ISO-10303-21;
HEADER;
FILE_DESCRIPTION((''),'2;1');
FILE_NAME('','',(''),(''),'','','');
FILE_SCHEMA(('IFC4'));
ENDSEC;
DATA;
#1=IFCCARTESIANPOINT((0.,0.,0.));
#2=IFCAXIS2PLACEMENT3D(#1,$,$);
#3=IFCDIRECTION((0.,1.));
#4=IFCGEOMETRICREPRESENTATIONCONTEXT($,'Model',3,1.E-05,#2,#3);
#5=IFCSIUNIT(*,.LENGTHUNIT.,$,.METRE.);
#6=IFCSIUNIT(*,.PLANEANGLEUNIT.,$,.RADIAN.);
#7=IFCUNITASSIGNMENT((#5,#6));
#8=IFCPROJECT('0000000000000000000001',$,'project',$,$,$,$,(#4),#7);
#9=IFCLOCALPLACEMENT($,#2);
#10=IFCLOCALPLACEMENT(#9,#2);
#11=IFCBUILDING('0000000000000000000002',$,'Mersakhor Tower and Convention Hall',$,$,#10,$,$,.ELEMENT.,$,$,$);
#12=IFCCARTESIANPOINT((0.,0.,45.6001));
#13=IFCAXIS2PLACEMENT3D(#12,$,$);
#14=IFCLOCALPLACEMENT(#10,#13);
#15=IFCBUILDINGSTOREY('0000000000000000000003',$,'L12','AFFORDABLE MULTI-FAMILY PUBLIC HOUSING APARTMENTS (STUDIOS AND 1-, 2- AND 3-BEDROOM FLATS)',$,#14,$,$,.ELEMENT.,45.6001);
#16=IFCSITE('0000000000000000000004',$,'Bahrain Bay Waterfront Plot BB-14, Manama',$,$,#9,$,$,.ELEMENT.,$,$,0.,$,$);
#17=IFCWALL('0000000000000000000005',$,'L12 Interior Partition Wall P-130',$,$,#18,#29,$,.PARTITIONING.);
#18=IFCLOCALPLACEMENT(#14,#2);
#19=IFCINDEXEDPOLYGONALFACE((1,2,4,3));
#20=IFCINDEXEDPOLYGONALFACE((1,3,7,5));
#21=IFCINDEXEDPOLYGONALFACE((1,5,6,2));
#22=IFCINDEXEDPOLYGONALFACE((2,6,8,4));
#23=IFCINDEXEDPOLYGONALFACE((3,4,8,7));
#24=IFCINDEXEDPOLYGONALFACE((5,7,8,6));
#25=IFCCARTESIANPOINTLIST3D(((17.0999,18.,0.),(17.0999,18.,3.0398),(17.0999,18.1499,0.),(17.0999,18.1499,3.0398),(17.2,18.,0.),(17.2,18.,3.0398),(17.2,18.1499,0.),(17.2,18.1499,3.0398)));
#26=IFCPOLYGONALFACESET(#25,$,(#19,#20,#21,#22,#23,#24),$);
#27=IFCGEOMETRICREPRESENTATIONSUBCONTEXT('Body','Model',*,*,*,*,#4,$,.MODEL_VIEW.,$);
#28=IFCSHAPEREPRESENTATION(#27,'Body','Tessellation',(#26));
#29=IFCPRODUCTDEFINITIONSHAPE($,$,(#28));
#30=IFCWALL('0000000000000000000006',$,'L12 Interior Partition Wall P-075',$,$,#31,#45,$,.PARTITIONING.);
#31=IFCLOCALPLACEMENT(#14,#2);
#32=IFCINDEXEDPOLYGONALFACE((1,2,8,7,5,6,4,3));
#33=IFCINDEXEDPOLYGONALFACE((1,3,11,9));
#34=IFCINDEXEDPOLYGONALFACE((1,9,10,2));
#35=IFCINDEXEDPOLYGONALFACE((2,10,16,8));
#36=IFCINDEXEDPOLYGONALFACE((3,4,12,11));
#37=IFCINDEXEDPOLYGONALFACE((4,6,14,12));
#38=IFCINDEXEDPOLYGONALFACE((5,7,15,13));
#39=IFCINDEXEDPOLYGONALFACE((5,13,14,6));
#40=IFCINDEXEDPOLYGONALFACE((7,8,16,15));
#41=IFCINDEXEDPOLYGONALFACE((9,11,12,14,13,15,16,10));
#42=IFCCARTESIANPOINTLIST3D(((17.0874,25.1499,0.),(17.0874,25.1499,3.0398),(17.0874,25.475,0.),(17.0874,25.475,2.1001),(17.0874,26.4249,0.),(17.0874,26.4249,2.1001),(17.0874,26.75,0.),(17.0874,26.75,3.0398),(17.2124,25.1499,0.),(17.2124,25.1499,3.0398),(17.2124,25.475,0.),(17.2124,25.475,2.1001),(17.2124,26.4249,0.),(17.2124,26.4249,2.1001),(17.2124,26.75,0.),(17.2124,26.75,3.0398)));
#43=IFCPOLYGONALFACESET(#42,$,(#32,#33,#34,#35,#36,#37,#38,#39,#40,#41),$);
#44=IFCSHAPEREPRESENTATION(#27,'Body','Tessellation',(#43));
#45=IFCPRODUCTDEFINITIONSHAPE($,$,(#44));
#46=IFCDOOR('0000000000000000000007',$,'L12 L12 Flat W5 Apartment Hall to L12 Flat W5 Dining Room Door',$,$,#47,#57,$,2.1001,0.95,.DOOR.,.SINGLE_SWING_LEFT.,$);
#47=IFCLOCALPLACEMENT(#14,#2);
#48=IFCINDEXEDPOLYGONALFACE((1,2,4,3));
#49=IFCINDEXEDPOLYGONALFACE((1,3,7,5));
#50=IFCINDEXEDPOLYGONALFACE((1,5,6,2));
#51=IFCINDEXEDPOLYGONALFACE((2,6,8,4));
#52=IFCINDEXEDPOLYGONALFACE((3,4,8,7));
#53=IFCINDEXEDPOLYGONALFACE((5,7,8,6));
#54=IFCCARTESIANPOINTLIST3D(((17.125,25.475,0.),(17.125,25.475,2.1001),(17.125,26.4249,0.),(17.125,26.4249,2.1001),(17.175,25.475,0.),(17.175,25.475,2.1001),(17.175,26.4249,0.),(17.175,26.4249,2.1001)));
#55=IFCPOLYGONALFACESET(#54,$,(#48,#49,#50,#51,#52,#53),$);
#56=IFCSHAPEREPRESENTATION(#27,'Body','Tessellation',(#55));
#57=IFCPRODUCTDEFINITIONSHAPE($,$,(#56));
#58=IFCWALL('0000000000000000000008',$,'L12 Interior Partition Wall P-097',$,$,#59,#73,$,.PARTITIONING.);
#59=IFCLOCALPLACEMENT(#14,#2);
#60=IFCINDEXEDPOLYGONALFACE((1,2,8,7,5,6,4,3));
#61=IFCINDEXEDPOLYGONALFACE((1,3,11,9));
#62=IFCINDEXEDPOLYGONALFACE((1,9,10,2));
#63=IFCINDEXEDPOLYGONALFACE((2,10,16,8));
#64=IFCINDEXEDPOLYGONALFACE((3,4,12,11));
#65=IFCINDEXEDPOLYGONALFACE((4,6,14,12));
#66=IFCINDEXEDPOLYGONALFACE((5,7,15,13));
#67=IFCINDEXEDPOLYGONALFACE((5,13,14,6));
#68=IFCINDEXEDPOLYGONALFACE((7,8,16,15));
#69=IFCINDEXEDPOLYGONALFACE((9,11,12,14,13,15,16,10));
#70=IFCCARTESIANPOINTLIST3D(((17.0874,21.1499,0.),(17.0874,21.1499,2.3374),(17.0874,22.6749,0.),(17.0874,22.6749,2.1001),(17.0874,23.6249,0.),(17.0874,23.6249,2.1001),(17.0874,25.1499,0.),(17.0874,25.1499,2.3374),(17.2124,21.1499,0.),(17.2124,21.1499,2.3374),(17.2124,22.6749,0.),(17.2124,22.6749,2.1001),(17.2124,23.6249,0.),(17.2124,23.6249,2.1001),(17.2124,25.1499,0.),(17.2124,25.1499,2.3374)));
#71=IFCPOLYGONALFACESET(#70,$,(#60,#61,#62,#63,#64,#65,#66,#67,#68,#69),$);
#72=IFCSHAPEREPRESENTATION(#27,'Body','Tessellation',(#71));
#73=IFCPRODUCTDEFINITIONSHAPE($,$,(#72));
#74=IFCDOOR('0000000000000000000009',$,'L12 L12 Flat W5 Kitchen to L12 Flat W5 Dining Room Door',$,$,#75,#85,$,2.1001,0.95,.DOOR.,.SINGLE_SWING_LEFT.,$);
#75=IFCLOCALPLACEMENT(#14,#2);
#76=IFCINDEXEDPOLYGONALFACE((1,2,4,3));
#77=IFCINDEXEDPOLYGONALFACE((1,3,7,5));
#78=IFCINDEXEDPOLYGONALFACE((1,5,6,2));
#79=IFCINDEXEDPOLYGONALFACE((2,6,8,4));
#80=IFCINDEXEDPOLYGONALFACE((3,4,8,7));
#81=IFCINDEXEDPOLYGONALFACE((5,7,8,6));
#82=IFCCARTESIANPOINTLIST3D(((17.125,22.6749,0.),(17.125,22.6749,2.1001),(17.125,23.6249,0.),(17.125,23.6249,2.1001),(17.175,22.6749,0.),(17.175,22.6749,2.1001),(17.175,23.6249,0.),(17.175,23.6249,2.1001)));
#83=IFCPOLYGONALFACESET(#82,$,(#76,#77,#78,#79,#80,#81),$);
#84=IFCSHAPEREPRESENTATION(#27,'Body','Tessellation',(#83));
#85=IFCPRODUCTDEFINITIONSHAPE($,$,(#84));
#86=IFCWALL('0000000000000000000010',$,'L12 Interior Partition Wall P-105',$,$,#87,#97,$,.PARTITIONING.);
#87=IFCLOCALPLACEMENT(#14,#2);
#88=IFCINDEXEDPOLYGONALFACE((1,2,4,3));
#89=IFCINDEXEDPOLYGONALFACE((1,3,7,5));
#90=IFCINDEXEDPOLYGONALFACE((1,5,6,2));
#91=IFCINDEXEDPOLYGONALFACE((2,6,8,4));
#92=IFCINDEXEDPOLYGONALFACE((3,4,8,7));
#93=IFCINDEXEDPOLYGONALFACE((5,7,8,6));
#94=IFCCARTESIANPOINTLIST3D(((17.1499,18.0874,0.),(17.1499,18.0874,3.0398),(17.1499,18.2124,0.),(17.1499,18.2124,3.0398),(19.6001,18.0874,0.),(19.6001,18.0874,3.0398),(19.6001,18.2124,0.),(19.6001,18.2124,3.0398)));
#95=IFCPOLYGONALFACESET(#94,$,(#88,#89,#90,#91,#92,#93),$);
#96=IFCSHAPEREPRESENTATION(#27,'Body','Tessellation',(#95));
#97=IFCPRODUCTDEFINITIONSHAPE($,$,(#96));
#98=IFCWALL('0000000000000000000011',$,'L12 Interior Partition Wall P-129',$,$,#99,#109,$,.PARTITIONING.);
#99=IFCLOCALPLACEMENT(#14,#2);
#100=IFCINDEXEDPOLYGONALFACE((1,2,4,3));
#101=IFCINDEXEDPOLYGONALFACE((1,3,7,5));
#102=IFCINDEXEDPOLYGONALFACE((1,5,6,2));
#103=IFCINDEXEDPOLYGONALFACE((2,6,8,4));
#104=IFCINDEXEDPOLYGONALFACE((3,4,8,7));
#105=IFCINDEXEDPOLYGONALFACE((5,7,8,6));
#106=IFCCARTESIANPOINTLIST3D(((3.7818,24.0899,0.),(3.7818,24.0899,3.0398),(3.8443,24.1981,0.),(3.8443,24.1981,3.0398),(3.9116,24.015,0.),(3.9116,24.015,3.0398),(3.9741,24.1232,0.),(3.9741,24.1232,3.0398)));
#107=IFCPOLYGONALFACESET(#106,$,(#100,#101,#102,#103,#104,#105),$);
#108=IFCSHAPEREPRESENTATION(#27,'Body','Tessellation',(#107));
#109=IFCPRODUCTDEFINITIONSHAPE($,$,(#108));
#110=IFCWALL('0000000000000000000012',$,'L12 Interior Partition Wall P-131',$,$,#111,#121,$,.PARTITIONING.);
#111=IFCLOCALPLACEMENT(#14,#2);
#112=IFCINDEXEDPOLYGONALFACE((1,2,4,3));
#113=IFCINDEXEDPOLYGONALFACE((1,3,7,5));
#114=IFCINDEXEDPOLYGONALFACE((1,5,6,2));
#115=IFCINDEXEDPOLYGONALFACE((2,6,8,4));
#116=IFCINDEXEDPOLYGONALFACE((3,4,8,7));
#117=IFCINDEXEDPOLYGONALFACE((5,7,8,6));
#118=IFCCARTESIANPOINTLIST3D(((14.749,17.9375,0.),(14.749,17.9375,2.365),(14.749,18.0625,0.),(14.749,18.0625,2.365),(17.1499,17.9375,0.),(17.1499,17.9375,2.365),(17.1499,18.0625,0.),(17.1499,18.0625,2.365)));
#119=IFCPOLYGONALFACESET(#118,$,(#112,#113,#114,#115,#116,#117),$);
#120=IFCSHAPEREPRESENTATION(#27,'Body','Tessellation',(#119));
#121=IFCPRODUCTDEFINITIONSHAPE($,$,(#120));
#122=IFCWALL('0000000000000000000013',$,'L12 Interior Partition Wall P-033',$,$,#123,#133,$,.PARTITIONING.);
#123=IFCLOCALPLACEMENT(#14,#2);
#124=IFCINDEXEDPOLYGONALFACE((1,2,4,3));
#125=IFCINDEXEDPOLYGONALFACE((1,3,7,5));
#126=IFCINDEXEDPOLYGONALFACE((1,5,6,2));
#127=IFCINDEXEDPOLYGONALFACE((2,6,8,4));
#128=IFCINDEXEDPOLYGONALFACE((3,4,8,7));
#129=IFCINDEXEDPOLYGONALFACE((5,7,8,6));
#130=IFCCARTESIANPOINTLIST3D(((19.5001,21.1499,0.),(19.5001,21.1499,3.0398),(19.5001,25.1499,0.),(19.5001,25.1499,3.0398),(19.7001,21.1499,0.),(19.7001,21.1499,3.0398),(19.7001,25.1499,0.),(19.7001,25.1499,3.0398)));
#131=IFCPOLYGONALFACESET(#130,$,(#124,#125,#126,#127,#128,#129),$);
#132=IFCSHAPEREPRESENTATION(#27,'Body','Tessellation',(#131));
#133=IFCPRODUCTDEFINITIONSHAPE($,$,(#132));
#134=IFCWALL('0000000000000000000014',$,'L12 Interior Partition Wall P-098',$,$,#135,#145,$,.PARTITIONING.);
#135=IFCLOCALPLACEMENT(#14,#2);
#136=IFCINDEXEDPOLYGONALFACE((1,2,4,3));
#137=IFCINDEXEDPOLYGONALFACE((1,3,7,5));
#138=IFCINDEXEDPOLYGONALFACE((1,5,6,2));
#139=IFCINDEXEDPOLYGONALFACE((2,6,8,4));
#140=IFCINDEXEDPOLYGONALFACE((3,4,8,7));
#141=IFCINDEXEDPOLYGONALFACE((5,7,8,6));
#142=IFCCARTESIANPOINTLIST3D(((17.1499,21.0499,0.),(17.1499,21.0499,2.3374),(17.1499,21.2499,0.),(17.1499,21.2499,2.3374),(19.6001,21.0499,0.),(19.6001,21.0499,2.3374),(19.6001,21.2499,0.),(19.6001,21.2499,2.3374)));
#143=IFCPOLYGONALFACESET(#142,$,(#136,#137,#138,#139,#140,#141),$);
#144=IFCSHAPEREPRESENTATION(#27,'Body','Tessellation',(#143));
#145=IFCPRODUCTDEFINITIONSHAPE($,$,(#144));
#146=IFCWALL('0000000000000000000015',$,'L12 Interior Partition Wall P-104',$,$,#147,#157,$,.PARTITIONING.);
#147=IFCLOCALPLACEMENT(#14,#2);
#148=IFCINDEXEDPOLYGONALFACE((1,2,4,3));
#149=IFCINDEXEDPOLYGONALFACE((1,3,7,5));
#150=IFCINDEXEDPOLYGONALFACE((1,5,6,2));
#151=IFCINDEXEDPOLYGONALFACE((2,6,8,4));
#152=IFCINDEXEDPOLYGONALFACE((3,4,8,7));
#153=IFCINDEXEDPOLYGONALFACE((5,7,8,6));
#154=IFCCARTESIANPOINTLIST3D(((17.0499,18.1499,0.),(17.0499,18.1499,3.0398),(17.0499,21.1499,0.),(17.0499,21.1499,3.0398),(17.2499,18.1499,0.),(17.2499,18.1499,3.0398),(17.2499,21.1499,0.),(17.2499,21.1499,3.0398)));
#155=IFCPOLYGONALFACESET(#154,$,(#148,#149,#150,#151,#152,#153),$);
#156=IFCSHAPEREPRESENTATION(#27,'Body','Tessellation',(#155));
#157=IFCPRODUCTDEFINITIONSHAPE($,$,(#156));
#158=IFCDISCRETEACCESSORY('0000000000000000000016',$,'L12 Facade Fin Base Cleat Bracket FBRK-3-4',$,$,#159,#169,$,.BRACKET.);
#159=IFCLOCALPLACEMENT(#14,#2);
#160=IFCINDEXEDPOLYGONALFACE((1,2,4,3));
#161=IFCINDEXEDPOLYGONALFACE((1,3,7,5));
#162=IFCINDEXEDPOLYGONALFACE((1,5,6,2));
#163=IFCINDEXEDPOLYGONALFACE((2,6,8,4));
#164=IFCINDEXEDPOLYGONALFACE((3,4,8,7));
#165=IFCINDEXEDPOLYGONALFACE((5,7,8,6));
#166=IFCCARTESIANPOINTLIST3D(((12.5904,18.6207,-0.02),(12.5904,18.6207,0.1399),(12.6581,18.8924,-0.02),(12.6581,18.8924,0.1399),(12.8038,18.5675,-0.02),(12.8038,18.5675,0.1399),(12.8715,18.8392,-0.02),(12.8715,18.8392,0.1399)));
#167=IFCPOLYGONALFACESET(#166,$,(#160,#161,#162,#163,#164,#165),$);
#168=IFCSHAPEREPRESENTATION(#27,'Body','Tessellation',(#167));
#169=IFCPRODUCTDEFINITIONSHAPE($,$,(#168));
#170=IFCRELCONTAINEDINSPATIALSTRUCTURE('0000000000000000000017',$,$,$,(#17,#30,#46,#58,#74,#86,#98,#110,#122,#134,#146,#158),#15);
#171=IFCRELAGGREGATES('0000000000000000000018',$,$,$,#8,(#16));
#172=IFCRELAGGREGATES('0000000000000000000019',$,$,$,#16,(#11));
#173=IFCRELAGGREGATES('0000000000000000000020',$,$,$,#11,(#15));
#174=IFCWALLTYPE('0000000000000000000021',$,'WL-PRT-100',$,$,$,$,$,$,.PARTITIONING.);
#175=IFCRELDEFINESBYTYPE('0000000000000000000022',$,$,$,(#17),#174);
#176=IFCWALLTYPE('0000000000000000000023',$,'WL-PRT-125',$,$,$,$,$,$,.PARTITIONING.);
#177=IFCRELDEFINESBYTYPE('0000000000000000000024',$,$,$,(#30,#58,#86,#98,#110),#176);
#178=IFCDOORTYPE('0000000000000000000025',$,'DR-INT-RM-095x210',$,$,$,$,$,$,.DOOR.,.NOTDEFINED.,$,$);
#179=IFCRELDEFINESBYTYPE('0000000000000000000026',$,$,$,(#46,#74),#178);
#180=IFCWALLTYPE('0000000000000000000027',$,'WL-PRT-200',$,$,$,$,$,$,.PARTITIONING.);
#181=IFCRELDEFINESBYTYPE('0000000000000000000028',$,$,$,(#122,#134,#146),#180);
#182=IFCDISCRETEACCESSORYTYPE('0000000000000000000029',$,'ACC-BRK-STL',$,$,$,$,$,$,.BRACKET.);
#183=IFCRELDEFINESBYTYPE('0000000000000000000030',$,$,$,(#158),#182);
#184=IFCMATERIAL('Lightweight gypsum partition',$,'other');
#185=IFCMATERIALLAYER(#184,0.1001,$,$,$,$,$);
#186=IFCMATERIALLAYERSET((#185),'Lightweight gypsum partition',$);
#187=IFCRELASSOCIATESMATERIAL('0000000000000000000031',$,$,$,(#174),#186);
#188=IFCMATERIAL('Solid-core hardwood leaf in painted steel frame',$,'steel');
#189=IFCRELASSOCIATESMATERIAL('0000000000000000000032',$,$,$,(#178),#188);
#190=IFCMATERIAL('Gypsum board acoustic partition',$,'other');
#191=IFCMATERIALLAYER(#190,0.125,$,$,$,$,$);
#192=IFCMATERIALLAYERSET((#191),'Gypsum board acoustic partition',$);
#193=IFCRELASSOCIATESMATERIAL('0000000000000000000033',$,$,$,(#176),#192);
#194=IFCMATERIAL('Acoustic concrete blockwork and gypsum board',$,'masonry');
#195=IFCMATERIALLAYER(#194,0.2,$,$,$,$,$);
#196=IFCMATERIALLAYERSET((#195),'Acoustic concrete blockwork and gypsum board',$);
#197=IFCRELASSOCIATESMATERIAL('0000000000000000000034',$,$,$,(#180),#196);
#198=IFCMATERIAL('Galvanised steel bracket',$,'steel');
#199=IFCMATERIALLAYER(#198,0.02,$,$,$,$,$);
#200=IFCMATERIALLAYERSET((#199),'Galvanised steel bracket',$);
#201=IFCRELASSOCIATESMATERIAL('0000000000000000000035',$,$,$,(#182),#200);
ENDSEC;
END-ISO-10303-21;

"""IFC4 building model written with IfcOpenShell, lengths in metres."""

from ifc_helpers import new_model, si_unit, direction, frame, frame_2d, origin, origin_2d, place, context, subcontext, project, spatial, rectangle, extrude, material, layer, layer_set, type_object, element, fill, save


model = new_model("IFC4")

# Units and contexts
model_context = context("Model", 3, precision=1e-05, world=origin(), true_north=direction((0.0, 1.0)))
body_context = subcontext(model_context, "Body", "Model", "MODEL_VIEW")
ifc_project = project(units=[si_unit("LENGTHUNIT", "METRE"), si_unit("PLANEANGLEUNIT", "RADIAN")], contexts=[model_context])

# Site, building, storey
site_placement = place(None, origin())
site = spatial("IfcSite", under=ifc_project, at=site_placement, Name="Bahrain Bay Waterfront Plot BB-14, Manama", CompositionType="ELEMENT", RefElevation=0.0)
building_placement = place(site_placement, origin())
building = spatial("IfcBuilding", under=site, at=building_placement, Name="Mersakhor Tower and Convention Hall", CompositionType="ELEMENT")
storey_placement = place(building_placement, frame((0.0, 0.0, 45.6001)))
storey = spatial("IfcBuildingStorey", under=building, at=storey_placement, Name="L12", Description="AFFORDABLE MULTI-FAMILY PUBLIC HOUSING APARTMENTS (STUDIOS AND 1-, 2- AND 3-BEDROOM FLATS)", CompositionType="ELEMENT", Elevation=45.6001)

# Shared definitions
ifc_material_1 = material(Name="Lightweight gypsum partition", Category="other")
ifc_layer_1 = layer(ifc_material_1, 0.1001)
ifc_layer_set_1 = layer_set([ifc_layer_1], Name="Lightweight gypsum partition")
wall_type_1 = type_object("IfcWallType", Name="WL-PRT-100", PredefinedType="PARTITIONING", material=ifc_layer_set_1)
ifc_material_2 = material(Name="Solid-core hardwood leaf in painted steel frame", Category="steel")
door_type_1 = type_object("IfcDoorType", Name="DR-INT-RM-095x210", OperationType="NOTDEFINED", PredefinedType="DOOR", material=ifc_material_2)

# Wall
wall_1_placement = place(storey_placement, frame((17.1499, 18.1499, 0.0), z_axis=(0.0, 0.0, 1.0), x_axis=(0.0, -1.0, 0.0)))
element("IfcWall", 1, at=wall_1_placement, inside=storey, type_object=wall_type_1, Name="L12 Interior Partition Wall P-130", PredefinedType="PARTITIONING", context=body_context, shape_type="SweptSolid", body=[
    extrude(rectangle(XDim=0.1499, YDim=0.1001, at=frame_2d((0.075, 0.0))), origin(), (0.0, 0.0, 1.0), 3.0398),
])

# Walls, openings, doors
ifc_material_3 = material(Name="Gypsum board acoustic partition", Category="other")
ifc_layer_2 = layer(ifc_material_3, 0.125)
ifc_layer_set_2 = layer_set([ifc_layer_2], Name="Gypsum board acoustic partition")
wall_type_2 = type_object("IfcWallType", Name="WL-PRT-125", PredefinedType="PARTITIONING", material=ifc_layer_set_2)
wall_2_placement = place(storey_placement, frame((17.1499, 25.1499, 0.0), z_axis=(0.0, 0.0, 1.0), x_axis=(0.0, 1.0, 0.0)))
wall_2 = element("IfcWall", 2, at=wall_2_placement, inside=storey, type_object=wall_type_2, Name="L12 Interior Partition Wall P-075", PredefinedType="PARTITIONING", context=body_context, shape_type="SweptSolid", body=[
    extrude(rectangle(XDim=1.6001, YDim=0.125, at=frame_2d((0.8, 0.0))), origin(), (0.0, 0.0, 1.0), 3.0398),
])
opening_1_placement = place(wall_2_placement, frame((0.325, 0.0, 0.0)))
opening_1 = element("IfcOpeningElement", 3, at=opening_1_placement, cuts=wall_2, PredefinedType="OPENING", context=body_context, shape_type="SweptSolid", body=[
    extrude(rectangle(XDim=0.95, YDim=2.1001, at=frame_2d((0.4751, 1.05))), frame((0.0, 0.0725, 0.0), z_axis=(0.0, -1.0, 0.0), x_axis=(1.0, 0.0, 0.0)), (0.0, 0.0, 1.0), 0.145),
])
door_1_placement = place(opening_1_placement, origin())
door_1 = element("IfcDoor", 4, at=door_1_placement, inside=storey, type_object=door_type_1, Name="L12 L12 Flat W5 Apartment Hall to L12 Flat W5 Dining Room Door", OperationType="SINGLE_SWING_LEFT", OverallHeight=2.1001, OverallWidth=0.95, PredefinedType="DOOR", context=body_context, shape_type="SweptSolid", body=[
    extrude(rectangle(XDim=0.95, YDim=2.1001, at=frame_2d((0.4751, 1.05))), frame((0.0, 0.0249, 0.0), z_axis=(0.0, -1.0, 0.0), x_axis=(1.0, 0.0, 0.0)), (0.0, 0.0, 1.0), 0.05),
])
fill(opening_1, door_1)
wall_3_placement = place(storey_placement, frame((17.1499, 21.1499, 0.0), z_axis=(0.0, 0.0, 1.0), x_axis=(0.0, 1.0, 0.0)))
wall_3 = element("IfcWall", 5, at=wall_3_placement, inside=storey, type_object=wall_type_2, Name="L12 Interior Partition Wall P-097", PredefinedType="PARTITIONING", context=body_context, shape_type="SweptSolid", body=[
    extrude(rectangle(XDim=4.0, YDim=0.125, at=frame_2d((2.0, 0.0))), origin(), (0.0, 0.0, 1.0), 2.3374),
])
opening_2_placement = place(wall_3_placement, frame((1.5249, 0.0, 0.0)))
opening_2 = element("IfcOpeningElement", 6, at=opening_2_placement, cuts=wall_3, PredefinedType="OPENING", context=body_context, shape_type="SweptSolid", body=[
    extrude(rectangle(XDim=0.95, YDim=2.1001, at=frame_2d((0.4751, 1.05))), frame((0.0, 0.0725, 0.0), z_axis=(0.0, -1.0, 0.0), x_axis=(1.0, 0.0, 0.0)), (0.0, 0.0, 1.0), 0.145),
])
door_2_placement = place(opening_2_placement, origin())
door_2 = element("IfcDoor", 7, at=door_2_placement, inside=storey, type_object=door_type_1, Name="L12 L12 Flat W5 Kitchen to L12 Flat W5 Dining Room Door", OperationType="SINGLE_SWING_LEFT", OverallHeight=2.1001, OverallWidth=0.95, PredefinedType="DOOR", context=body_context, shape_type="SweptSolid", body=[
    extrude(rectangle(XDim=0.95, YDim=2.1001, at=frame_2d((0.4751, 1.05))), frame((0.0, 0.0249, 0.0), z_axis=(0.0, -1.0, 0.0), x_axis=(1.0, 0.0, 0.0)), (0.0, 0.0, 1.0), 0.05),
])
fill(opening_2, door_2)

# Walls
wall_4_placement = place(storey_placement, frame((19.6001, 18.1499, 0.0), z_axis=(0.0, 0.0, 1.0), x_axis=(-1.0, 0.0, 0.0)))
element("IfcWall", 8, at=wall_4_placement, inside=storey, type_object=wall_type_2, Name="L12 Interior Partition Wall P-105", PredefinedType="PARTITIONING", context=body_context, shape_type="SweptSolid", body=[
    extrude(rectangle(XDim=2.4502, YDim=0.125, at=frame_2d((1.2251, 0.0))), origin(), (0.0, 0.0, 1.0), 3.0398),
])
wall_5_placement = place(storey_placement, frame((3.9429, 24.0691, 0.0), z_axis=(0.0, 0.0, 1.0), x_axis=(-0.866131, 0.499816, 0.0)))
element("IfcWall", 9, at=wall_5_placement, inside=storey, type_object=wall_type_2, Name="L12 Interior Partition Wall P-129", PredefinedType="PARTITIONING", context=body_context, shape_type="SweptSolid", body=[
    extrude(rectangle(XDim=0.1499, YDim=0.125, at=frame_2d((0.075, 0.0))), origin(), (0.0, 0.0, 1.0), 3.0398),
])
wall_6_placement = place(storey_placement, frame((17.1499, 18.0, 0.0), z_axis=(0.0, 0.0, 1.0), x_axis=(-1.0, 0.0, 0.0)))
element("IfcWall", 10, at=wall_6_placement, inside=storey, type_object=wall_type_2, Name="L12 Interior Partition Wall P-131", PredefinedType="PARTITIONING", context=body_context, shape_type="SweptSolid", body=[
    extrude(rectangle(XDim=2.4009, YDim=0.125, at=frame_2d((1.2004, 0.0))), origin(), (0.0, 0.0, 1.0), 2.365),
])

# Shared definitions
ifc_material_4 = material(Name="Acoustic concrete blockwork and gypsum board", Category="masonry")
ifc_layer_3 = layer(ifc_material_4, 0.2)
ifc_layer_set_3 = layer_set([ifc_layer_3], Name="Acoustic concrete blockwork and gypsum board")
wall_type_3 = type_object("IfcWallType", Name="WL-PRT-200", PredefinedType="PARTITIONING", material=ifc_layer_set_3)

# Wall
wall_7_placement = place(storey_placement, frame((19.6001, 21.1499, 0.0), z_axis=(0.0, 0.0, 1.0), x_axis=(0.0, 1.0, 0.0)))
element("IfcWall", 11, at=wall_7_placement, inside=storey, type_object=wall_type_3, Name="L12 Interior Partition Wall P-033", PredefinedType="PARTITIONING", context=body_context, shape_type="SweptSolid", body=[
    extrude(rectangle(XDim=4.0, YDim=0.2, at=frame_2d((2.0, 0.0))), origin(), (0.0, 0.0, 1.0), 3.0398),
])

# Walls
wall_8_placement = place(storey_placement, frame((19.6001, 21.1499, 0.0), z_axis=(0.0, 0.0, 1.0), x_axis=(-1.0, 0.0, 0.0)))
element("IfcWall", 12, at=wall_8_placement, inside=storey, type_object=wall_type_3, Name="L12 Interior Partition Wall P-098", PredefinedType="PARTITIONING", context=body_context, shape_type="SweptSolid", body=[
    extrude(rectangle(XDim=2.4502, YDim=0.2, at=frame_2d((1.2251, 0.0))), origin(), (0.0, 0.0, 1.0), 2.3374),
])
wall_9_placement = place(storey_placement, frame((17.1499, 18.1499, 0.0), z_axis=(0.0, 0.0, 1.0), x_axis=(0.0, 1.0, 0.0)))
element("IfcWall", 13, at=wall_9_placement, inside=storey, type_object=wall_type_3, Name="L12 Interior Partition Wall P-104", PredefinedType="PARTITIONING", context=body_context, shape_type="SweptSolid", body=[
    extrude(rectangle(XDim=3.0, YDim=0.2, at=frame_2d((1.5, 0.0))), origin(), (0.0, 0.0, 1.0), 3.0398),
])

# Discrete accessory
ifc_material_5 = material(Name="Galvanised steel bracket", Category="steel")
ifc_layer_4 = layer(ifc_material_5, 0.02)
ifc_layer_set_4 = layer_set([ifc_layer_4], Name="Galvanised steel bracket")
discrete_accessory_type = type_object("IfcDiscreteAccessoryType", Name="ACC-BRK-STL", PredefinedType="BRACKET", material=ifc_layer_set_4)
discrete_accessory_placement = place(storey_placement, frame((12.731, 18.73, -0.02), z_axis=(0.0, 0.0, 1.0), x_axis=(-0.241922, -0.970296, 0.0)))
element("IfcDiscreteAccessory", 14, at=discrete_accessory_placement, inside=storey, type_object=discrete_accessory_type, Name="L12 Facade Fin Base Cleat Bracket FBRK-3-4", PredefinedType="BRACKET", context=body_context, shape_type="SweptSolid", body=[
    extrude(rectangle(XDim=0.28, YDim=0.22, at=origin_2d()), origin(), (0.0, 0.0, 1.0), 0.1599),
])

save(model, "model.ifc")
